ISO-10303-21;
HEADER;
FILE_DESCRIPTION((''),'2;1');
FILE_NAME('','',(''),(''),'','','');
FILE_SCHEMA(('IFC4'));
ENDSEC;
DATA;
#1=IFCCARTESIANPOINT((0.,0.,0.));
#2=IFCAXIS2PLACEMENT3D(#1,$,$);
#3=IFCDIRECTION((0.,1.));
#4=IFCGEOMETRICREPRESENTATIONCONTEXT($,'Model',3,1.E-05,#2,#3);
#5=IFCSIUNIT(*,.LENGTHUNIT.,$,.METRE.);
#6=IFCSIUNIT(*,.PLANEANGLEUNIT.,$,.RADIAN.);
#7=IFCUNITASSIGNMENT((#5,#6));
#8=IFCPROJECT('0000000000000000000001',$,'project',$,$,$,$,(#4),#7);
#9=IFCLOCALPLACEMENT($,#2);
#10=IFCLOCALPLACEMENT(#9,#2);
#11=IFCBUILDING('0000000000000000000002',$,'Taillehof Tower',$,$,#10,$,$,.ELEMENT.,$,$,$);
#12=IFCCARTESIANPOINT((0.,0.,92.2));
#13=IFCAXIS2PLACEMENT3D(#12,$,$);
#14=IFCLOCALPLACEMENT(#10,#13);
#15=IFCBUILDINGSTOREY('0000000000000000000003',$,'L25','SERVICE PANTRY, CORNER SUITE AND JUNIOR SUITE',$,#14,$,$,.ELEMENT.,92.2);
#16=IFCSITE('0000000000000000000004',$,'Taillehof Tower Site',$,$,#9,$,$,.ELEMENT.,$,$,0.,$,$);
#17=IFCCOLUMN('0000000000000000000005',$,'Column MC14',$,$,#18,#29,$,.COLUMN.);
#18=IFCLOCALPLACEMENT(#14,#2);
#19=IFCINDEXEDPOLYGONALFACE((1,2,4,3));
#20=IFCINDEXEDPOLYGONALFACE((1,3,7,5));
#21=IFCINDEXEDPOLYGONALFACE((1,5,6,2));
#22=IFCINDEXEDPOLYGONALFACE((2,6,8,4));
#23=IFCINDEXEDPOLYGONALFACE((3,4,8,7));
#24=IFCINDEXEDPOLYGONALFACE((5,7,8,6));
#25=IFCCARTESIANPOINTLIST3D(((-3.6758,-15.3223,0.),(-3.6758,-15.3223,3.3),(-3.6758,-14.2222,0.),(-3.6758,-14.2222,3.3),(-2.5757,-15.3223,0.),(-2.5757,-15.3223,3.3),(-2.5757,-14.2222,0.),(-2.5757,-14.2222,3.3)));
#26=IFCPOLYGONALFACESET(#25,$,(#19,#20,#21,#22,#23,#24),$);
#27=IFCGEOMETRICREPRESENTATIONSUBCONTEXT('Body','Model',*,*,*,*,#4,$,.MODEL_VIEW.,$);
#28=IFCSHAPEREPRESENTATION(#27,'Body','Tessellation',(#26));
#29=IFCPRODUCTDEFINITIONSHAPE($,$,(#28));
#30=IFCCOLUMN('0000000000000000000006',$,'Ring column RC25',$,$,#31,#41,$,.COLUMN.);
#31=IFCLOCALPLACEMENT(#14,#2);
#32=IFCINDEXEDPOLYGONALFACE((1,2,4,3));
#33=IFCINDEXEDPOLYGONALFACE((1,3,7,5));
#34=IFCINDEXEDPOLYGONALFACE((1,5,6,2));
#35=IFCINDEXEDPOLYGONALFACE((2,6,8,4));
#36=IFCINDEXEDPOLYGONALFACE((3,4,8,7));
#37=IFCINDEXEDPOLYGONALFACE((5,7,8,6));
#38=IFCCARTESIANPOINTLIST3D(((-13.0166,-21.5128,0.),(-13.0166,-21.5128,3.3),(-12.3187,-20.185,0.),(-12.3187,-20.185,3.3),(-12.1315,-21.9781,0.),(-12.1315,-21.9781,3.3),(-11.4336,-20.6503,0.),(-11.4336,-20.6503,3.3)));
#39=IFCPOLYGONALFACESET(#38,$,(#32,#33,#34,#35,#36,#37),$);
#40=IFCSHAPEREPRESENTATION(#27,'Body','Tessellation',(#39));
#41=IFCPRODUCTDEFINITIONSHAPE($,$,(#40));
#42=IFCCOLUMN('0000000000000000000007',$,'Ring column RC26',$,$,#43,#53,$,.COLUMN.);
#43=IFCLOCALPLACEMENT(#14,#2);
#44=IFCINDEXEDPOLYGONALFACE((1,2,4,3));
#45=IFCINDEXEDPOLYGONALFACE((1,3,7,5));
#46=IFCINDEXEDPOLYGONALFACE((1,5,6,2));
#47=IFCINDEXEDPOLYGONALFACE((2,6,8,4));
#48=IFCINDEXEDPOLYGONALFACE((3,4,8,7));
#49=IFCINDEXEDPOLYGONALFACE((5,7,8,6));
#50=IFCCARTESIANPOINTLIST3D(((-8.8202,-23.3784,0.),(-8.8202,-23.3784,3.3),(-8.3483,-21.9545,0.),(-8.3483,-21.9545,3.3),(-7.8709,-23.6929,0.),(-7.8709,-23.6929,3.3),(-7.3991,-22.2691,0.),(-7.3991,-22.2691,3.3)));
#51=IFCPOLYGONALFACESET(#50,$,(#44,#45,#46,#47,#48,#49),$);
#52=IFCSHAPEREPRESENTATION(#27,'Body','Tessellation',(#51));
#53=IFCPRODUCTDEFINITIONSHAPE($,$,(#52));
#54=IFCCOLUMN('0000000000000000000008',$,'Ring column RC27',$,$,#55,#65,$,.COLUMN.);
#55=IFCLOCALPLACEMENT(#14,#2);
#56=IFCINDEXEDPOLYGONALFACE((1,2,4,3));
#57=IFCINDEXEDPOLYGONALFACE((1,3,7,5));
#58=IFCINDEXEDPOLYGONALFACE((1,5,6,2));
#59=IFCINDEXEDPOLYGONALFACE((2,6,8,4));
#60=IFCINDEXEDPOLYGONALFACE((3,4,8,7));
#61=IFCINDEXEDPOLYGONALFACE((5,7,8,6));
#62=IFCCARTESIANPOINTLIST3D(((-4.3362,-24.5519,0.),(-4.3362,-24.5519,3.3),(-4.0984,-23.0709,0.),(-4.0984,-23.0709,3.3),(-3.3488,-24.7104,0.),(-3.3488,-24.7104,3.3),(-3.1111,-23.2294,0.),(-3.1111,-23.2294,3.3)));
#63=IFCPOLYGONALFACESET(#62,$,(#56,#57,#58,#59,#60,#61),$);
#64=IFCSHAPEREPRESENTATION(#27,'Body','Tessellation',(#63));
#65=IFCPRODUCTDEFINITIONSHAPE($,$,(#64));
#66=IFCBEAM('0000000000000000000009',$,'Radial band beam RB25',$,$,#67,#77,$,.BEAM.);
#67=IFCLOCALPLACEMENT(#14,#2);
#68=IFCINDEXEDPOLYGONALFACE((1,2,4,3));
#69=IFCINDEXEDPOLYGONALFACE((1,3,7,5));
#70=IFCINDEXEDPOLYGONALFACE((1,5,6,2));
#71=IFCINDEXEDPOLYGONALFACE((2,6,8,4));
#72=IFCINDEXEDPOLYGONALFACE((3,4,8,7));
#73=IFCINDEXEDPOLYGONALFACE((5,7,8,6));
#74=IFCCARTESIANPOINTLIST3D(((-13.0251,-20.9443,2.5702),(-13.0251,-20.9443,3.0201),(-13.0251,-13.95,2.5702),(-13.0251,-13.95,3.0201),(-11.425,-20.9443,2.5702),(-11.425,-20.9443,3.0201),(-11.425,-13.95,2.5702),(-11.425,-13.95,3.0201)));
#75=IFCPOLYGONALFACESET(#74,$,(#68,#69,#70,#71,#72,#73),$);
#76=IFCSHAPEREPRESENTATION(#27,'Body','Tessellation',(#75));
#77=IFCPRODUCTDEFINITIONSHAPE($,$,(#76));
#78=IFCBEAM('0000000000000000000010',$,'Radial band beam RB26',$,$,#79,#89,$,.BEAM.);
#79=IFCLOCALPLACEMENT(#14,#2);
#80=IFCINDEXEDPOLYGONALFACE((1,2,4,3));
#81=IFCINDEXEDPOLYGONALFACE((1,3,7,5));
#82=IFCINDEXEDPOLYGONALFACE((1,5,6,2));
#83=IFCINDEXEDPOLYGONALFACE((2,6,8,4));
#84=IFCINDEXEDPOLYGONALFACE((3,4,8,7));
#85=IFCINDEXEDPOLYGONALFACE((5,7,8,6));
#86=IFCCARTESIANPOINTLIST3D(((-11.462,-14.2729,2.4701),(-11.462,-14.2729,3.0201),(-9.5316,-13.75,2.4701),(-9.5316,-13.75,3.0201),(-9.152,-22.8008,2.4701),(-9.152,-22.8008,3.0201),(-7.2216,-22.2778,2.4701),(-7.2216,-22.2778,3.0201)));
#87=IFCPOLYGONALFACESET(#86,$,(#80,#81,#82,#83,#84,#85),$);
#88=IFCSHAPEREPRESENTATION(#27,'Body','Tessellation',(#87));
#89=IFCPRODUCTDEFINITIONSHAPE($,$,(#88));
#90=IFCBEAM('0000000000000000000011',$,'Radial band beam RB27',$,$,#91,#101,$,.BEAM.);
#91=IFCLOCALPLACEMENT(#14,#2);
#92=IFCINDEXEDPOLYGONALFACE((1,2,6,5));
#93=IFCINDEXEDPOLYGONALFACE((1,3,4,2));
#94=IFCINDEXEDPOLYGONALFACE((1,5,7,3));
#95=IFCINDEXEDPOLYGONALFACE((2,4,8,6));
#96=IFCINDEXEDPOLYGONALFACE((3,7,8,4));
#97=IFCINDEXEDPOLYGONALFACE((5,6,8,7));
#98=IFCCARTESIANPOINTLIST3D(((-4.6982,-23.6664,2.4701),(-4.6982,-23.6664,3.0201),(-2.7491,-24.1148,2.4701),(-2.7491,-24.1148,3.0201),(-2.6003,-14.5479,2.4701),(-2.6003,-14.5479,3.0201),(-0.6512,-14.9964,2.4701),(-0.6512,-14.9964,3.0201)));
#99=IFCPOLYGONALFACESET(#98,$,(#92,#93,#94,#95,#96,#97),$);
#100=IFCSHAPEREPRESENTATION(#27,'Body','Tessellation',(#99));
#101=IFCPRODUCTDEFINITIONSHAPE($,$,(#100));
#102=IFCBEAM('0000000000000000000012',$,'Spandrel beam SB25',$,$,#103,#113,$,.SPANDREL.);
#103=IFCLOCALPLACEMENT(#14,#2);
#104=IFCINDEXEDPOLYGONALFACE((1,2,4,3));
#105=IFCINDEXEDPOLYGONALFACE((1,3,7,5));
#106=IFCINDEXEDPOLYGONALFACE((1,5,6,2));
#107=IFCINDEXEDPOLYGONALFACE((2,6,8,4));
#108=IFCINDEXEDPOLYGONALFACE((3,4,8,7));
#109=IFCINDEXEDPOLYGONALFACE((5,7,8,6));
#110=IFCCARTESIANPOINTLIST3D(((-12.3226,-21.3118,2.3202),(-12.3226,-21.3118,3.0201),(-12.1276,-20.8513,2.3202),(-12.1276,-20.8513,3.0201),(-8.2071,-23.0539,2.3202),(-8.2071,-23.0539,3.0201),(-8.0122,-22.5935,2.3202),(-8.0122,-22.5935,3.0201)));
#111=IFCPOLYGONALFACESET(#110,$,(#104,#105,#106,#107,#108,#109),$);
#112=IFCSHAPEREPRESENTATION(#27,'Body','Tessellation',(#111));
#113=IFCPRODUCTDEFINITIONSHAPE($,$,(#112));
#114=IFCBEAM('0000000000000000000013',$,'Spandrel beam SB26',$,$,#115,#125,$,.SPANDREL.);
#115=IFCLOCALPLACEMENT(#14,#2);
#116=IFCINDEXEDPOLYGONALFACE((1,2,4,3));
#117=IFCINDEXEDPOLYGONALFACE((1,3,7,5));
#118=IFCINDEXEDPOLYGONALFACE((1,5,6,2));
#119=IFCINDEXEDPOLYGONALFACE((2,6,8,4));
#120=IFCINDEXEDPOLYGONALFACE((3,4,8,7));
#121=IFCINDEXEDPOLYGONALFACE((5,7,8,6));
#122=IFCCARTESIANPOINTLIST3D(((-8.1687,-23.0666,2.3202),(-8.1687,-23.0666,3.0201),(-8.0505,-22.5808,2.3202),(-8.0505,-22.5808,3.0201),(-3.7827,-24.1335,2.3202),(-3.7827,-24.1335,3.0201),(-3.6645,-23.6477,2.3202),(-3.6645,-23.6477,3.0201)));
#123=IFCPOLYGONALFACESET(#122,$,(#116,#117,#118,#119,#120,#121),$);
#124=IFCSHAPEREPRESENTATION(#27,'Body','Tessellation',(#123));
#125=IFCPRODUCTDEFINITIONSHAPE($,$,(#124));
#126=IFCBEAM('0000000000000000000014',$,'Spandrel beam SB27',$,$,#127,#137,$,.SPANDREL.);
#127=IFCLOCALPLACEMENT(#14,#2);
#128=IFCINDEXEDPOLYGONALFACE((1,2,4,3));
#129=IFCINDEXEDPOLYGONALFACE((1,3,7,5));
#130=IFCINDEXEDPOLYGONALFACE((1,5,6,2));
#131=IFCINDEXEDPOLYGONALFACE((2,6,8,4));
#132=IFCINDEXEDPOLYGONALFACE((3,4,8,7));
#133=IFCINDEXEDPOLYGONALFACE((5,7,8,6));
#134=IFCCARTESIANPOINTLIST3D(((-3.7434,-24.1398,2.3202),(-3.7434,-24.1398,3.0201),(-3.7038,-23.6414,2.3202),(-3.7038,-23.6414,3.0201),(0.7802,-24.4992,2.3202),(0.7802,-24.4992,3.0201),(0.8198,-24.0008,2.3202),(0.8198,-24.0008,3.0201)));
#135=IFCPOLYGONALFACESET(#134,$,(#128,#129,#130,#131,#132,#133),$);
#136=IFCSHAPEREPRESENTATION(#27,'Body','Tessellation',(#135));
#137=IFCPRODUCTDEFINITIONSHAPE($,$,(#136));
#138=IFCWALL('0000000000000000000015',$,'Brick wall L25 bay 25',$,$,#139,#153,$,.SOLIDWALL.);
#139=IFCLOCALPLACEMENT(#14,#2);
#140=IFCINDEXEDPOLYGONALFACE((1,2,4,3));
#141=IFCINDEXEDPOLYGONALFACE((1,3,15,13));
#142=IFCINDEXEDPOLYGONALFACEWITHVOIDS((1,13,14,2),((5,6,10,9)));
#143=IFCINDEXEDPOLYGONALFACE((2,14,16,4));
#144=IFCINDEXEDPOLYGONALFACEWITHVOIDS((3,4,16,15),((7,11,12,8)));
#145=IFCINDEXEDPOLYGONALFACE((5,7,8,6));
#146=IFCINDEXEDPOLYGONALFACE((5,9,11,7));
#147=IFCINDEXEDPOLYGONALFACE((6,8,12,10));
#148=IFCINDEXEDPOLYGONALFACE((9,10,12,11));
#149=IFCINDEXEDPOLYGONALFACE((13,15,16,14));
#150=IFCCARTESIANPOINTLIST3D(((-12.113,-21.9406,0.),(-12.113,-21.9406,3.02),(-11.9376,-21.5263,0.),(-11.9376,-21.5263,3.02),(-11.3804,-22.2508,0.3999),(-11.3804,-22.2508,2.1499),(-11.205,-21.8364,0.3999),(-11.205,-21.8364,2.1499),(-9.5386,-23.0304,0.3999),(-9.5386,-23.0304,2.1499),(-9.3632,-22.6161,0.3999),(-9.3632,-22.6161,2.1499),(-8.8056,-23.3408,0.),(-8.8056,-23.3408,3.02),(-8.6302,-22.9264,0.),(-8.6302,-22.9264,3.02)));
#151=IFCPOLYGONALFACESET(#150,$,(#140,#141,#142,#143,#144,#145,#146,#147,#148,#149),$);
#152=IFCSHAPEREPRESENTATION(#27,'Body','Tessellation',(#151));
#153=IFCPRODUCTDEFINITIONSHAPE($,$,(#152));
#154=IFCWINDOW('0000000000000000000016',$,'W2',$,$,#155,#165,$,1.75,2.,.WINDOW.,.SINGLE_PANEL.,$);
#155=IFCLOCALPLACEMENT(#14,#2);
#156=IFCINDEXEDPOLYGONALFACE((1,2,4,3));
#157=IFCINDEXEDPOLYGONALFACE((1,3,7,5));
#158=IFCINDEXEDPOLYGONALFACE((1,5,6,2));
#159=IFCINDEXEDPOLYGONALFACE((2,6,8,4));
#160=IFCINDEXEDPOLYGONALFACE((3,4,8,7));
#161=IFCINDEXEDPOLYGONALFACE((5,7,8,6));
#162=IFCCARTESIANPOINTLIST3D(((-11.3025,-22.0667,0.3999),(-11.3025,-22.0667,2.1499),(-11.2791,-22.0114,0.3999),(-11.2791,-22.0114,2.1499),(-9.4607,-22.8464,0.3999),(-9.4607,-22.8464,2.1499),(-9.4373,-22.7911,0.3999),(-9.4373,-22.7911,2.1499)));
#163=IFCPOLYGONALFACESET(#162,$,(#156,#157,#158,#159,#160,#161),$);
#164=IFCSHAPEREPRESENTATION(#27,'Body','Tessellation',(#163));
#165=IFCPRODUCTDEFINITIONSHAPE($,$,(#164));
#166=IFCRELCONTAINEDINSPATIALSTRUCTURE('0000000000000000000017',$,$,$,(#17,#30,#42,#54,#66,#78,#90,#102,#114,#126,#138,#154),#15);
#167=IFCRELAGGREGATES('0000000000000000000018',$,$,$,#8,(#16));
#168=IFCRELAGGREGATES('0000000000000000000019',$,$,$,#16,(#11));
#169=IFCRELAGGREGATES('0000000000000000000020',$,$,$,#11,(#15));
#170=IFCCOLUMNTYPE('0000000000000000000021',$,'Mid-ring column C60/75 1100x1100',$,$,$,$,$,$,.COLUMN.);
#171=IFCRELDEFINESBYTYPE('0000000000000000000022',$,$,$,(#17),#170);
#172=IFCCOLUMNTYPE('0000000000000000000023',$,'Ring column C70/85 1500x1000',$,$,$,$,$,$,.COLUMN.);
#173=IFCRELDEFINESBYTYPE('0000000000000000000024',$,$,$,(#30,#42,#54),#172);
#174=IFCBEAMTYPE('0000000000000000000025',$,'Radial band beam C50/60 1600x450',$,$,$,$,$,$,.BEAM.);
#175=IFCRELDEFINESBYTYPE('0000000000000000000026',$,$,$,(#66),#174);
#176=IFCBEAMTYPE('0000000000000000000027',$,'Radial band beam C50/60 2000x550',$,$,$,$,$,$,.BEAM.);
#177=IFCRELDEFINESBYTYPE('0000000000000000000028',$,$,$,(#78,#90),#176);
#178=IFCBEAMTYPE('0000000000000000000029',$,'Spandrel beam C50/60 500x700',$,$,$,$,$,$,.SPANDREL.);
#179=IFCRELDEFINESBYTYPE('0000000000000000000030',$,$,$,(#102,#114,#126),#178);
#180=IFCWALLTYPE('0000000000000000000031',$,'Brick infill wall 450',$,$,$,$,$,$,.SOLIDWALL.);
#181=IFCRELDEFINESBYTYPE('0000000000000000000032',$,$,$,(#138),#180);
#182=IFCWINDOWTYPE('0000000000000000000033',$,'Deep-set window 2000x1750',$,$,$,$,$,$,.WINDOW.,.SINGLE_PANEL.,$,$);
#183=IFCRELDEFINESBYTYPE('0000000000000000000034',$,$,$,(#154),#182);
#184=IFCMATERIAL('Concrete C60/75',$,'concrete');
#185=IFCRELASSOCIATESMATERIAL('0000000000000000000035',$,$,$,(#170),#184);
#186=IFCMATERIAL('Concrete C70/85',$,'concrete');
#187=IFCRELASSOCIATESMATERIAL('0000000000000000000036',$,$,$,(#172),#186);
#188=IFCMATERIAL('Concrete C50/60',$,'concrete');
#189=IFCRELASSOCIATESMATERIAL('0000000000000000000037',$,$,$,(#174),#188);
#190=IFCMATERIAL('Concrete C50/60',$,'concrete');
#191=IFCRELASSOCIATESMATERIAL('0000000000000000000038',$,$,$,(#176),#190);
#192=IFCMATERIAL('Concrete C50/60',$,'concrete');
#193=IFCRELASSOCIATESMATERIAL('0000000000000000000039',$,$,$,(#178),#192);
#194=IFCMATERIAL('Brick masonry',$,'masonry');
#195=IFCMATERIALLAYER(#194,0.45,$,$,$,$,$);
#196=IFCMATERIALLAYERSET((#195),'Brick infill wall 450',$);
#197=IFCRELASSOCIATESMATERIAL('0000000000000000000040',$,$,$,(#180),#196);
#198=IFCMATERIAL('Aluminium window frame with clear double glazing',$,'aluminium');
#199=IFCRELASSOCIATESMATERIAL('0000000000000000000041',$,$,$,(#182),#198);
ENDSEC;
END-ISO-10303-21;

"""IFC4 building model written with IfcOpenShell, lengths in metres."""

from ifc_helpers import new_model, si_unit, direction, frame, frame_2d, origin, origin_2d, place, context, subcontext, project, spatial, rectangle, extrude, material, layer, layer_set, material_profile, profile_set, type_object, element, fill, save


model = new_model("IFC4")

# Units and contexts
model_context = context("Model", 3, precision=1e-05, world=origin(), true_north=direction((0.0, 1.0)))
body_context = subcontext(model_context, "Body", "Model", "MODEL_VIEW")
ifc_project = project(units=[si_unit("LENGTHUNIT", "METRE"), si_unit("PLANEANGLEUNIT", "RADIAN")], contexts=[model_context])

# Site, building, storey
site_placement = place(None, origin())
site = spatial("IfcSite", under=ifc_project, at=site_placement, Name="Taillehof Tower Site", CompositionType="ELEMENT", RefElevation=0.0)
building_placement = place(site_placement, origin())
building = spatial("IfcBuilding", under=site, at=building_placement, Name="Taillehof Tower", CompositionType="ELEMENT")
storey_placement = place(building_placement, frame((0.0, 0.0, 92.2)))
storey = spatial("IfcBuildingStorey", under=building, at=storey_placement, Name="L25", Description="SERVICE PANTRY, CORNER SUITE AND JUNIOR SUITE", CompositionType="ELEMENT", Elevation=92.2)

# Columns
ifc_material_1 = material(Name="Concrete C60/75", Category="concrete")
ifc_material_profile_1 = material_profile(ifc_material_1, rectangle(XDim=1.1001, YDim=1.1001, at=origin_2d()), Name="RC 1100x1100")
ifc_profile_set_1 = profile_set([ifc_material_profile_1], Name="Concrete C60/75")
column_type_1 = type_object("IfcColumnType", Name="Mid-ring column C60/75 1100x1100", PredefinedType="COLUMN", material=ifc_profile_set_1)
column_placement = place(storey_placement, frame((-3.1257, -14.7722, 0.0), z_axis=(0.0, 0.0, 1.0), x_axis=(1.0, 0.0, 0.0)))
element("IfcColumn", 1, at=column_placement, inside=storey, type_object=column_type_1, Name="Column MC14", PredefinedType="COLUMN", context=body_context, shape_type="SweptSolid", body=[
    extrude(rectangle(XDim=1.1001, YDim=1.1001, at=origin_2d()), origin(), (0.0, 0.0, 1.0), 3.3),
])
ifc_material_2 = material(Name="Concrete C70/85", Category="concrete")
ifc_material_profile_2 = material_profile(ifc_material_2, rectangle(XDim=1.5, YDim=1.0, at=origin_2d()), Name="RC 1500x1000")
ifc_profile_set_2 = profile_set([ifc_material_profile_2], Name="Concrete C70/85")
column_type_2 = type_object("IfcColumnType", Name="Ring column C70/85 1500x1000", PredefinedType="COLUMN", material=ifc_profile_set_2)
for number, where, z_axis, x_axis, name in (
    (2, (-12.2251, -21.0815, 0.0), (0.0, 0.0, 1.0), (-0.465283, -0.885162, 0.0), "Ring column RC25"),
    (3, (-8.1096, -22.8237, 0.0), (0.0, 0.0, 1.0), (-0.314555, -0.949239, 0.0), "Ring column RC26"),
    (4, (-3.7236, -23.8906, 0.0), (0.0, 0.0, 1.0), (-0.158507, -0.987358, 0.0), "Ring column RC27"),
):
    element("IfcColumn", number, at=place(storey_placement, frame(where, z_axis=z_axis, x_axis=x_axis)), inside=storey, type_object=column_type_2, Name=name, PredefinedType="COLUMN", context=body_context, shape_type="SweptSolid", body=[
        extrude(rectangle(XDim=1.5, YDim=1.0, at=origin_2d()), origin(), (0.0, 0.0, 1.0), 3.3),
    ])

# Beams
ifc_material_3 = material(Name="Concrete C50/60", Category="concrete")
ifc_material_profile_3 = material_profile(ifc_material_3, rectangle(XDim=1.6001, YDim=0.45, at=origin_2d()), Name="RC 1600x450")
ifc_profile_set_3 = profile_set([ifc_material_profile_3], Name="Concrete C50/60")
beam_type_1 = type_object("IfcBeamType", Name="Radial band beam C50/60 1600x450", PredefinedType="BEAM", material=ifc_profile_set_3)
beam_1_placement = place(storey_placement, frame((-12.2251, -20.9443, 2.7952), z_axis=(0.0, 1.0, 0.0), x_axis=(-1.0, 0.0, 0.0)))
element("IfcBeam", 5, at=beam_1_placement, inside=storey, type_object=beam_type_1, Name="Radial band beam RB25", PredefinedType="BEAM", context=body_context, shape_type="SweptSolid", body=[
    extrude(rectangle(XDim=1.6001, YDim=0.45, at=origin_2d()), origin(), (0.0, 0.0, 1.0), 6.9944),
])
ifc_material_4 = material(Name="Concrete C50/60", Category="concrete")
ifc_material_profile_4 = material_profile(ifc_material_4, rectangle(XDim=2.0, YDim=0.55, at=origin_2d()), Name="RC 2000x550")
ifc_profile_set_4 = profile_set([ifc_material_profile_4], Name="Concrete C50/60")
beam_type_2 = type_object("IfcBeamType", Name="Radial band beam C50/60 2000x550", PredefinedType="BEAM", material=ifc_profile_set_4)
beam_2_placement = place(storey_placement, frame((-8.1868, -22.5393, 2.7451), z_axis=(-0.261462, 0.965214, 0.0), x_axis=(-0.965214, -0.261462, 0.0)))
element("IfcBeam", 6, at=beam_2_placement, inside=storey, type_object=beam_type_2, Name="Radial band beam RB26", PredefinedType="BEAM", context=body_context, shape_type="SweptSolid", body=[
    extrude(rectangle(XDim=2.0, YDim=0.55, at=origin_2d()), origin(), (0.0, 0.0, 1.0), 8.8352),
])
beam_3_placement = place(storey_placement, frame((-3.7236, -23.8906, 2.7451), z_axis=(0.224215, 0.97454, 0.0), x_axis=(-0.97454, 0.224215, 0.0)))
element("IfcBeam", 7, at=beam_3_placement, inside=storey, type_object=beam_type_2, Name="Radial band beam RB27", PredefinedType="BEAM", context=body_context, shape_type="SweptSolid", body=[
    extrude(rectangle(XDim=2.0, YDim=0.55, at=origin_2d()), origin(), (0.0, 0.0, 1.0), 9.3567),
])
ifc_material_5 = material(Name="Concrete C50/60", Category="concrete")
ifc_material_profile_5 = material_profile(ifc_material_5, rectangle(XDim=0.5, YDim=0.7, at=origin_2d()), Name="RC 500x700")
ifc_profile_set_5 = profile_set([ifc_material_profile_5], Name="Concrete C50/60")
beam_type_3 = type_object("IfcBeamType", Name="Spandrel beam C50/60 500x700", PredefinedType="SPANDREL", material=ifc_profile_set_5)
beam_4_placement = place(storey_placement, frame((-12.2251, -21.0815, 2.6702), z_axis=(0.920885, -0.389834, 0.0), x_axis=(0.389834, 0.920885, 0.0)))
element("IfcBeam", 8, at=beam_4_placement, inside=storey, type_object=beam_type_3, Name="Spandrel beam SB25", PredefinedType="SPANDREL", context=body_context, shape_type="SweptSolid", body=[
    extrude(rectangle(XDim=0.5, YDim=0.7, at=origin_2d()), origin(), (0.0, 0.0, 1.0), 4.469),
])
beam_5_placement = place(storey_placement, frame((-8.1096, -22.8237, 2.6702), z_axis=(0.971666, -0.236358, 0.0), x_axis=(0.236358, 0.971666, 0.0)))
element("IfcBeam", 9, at=beam_5_placement, inside=storey, type_object=beam_type_3, Name="Spandrel beam SB26", PredefinedType="SPANDREL", context=body_context, shape_type="SweptSolid", body=[
    extrude(rectangle(XDim=0.5, YDim=0.7, at=origin_2d()), origin(), (0.0, 0.0, 1.0), 4.5139),
])
beam_6_placement = place(storey_placement, frame((-3.7236, -23.8906, 2.6702), z_axis=(0.996859, -0.079194, 0.0), x_axis=(0.079194, 0.996859, 0.0)))
element("IfcBeam", 10, at=beam_6_placement, inside=storey, type_object=beam_type_3, Name="Spandrel beam SB27", PredefinedType="SPANDREL", context=body_context, shape_type="SweptSolid", body=[
    extrude(rectangle(XDim=0.5, YDim=0.7, at=origin_2d()), origin(), (0.0, 0.0, 1.0), 4.5378),
])

# Wall, opening, window
ifc_material_6 = material(Name="Brick masonry", Category="masonry")
ifc_layer_1 = layer(ifc_material_6, 0.45)
ifc_layer_set_1 = layer_set([ifc_layer_1], Name="Brick infill wall 450")
wall_type_1 = type_object("IfcWallType", Name="Brick infill wall 450", PredefinedType="SOLIDWALL", material=ifc_layer_set_1)
wall_1_placement = place(storey_placement, frame((-12.0254, -21.7334, 0.0), z_axis=(0.0, 0.0, 1.0), x_axis=(0.92088, -0.389846, 0.0)))
wall_1 = element("IfcWall", 11, at=wall_1_placement, inside=storey, type_object=wall_type_1, Name="Brick wall L25 bay 25", PredefinedType="SOLIDWALL", context=body_context, shape_type="SweptSolid", body=[
    extrude(rectangle(XDim=3.5916, YDim=0.45, at=frame_2d((1.7959, 0.0))), origin(), (0.0, 0.0, 1.0), 3.02),
])
opening_1_placement = place(wall_1_placement, frame((0.7957, 0.0, 0.3999)))
opening_1 = element("IfcOpeningElement", 12, at=opening_1_placement, cuts=wall_1, PredefinedType="OPENING", context=body_context, shape_type="SweptSolid", body=[
    extrude(rectangle(XDim=2.0, YDim=1.75, at=frame_2d((1.0, 0.875))), frame((0.0, 0.2349, 0.0), z_axis=(0.0, -1.0, 0.0), x_axis=(1.0, 0.0, 0.0)), (0.0, 0.0, 1.0), 0.47),
])
ifc_material_7 = material(Name="Aluminium window frame with clear double glazing", Category="aluminium")
window_type = type_object("IfcWindowType", Name="Deep-set window 2000x1750", PartitioningType="SINGLE_PANEL", PredefinedType="WINDOW", material=ifc_material_7)
window_1_placement = place(opening_1_placement, origin())
window_1 = element("IfcWindow", 13, at=window_1_placement, inside=storey, type_object=window_type, Name="W2", OverallHeight=1.75, OverallWidth=2.0, PartitioningType="SINGLE_PANEL", PredefinedType="WINDOW", context=body_context, shape_type="SweptSolid", body=[
    extrude(rectangle(XDim=2.0, YDim=1.75, at=frame_2d((1.0, 0.875))), frame((0.0, 0.0349, 0.0), z_axis=(0.0, -1.0, 0.0), x_axis=(1.0, 0.0, 0.0)), (0.0, 0.0, 1.0), 0.0601),
])
fill(opening_1, window_1)

save(model, "model.ifc")
